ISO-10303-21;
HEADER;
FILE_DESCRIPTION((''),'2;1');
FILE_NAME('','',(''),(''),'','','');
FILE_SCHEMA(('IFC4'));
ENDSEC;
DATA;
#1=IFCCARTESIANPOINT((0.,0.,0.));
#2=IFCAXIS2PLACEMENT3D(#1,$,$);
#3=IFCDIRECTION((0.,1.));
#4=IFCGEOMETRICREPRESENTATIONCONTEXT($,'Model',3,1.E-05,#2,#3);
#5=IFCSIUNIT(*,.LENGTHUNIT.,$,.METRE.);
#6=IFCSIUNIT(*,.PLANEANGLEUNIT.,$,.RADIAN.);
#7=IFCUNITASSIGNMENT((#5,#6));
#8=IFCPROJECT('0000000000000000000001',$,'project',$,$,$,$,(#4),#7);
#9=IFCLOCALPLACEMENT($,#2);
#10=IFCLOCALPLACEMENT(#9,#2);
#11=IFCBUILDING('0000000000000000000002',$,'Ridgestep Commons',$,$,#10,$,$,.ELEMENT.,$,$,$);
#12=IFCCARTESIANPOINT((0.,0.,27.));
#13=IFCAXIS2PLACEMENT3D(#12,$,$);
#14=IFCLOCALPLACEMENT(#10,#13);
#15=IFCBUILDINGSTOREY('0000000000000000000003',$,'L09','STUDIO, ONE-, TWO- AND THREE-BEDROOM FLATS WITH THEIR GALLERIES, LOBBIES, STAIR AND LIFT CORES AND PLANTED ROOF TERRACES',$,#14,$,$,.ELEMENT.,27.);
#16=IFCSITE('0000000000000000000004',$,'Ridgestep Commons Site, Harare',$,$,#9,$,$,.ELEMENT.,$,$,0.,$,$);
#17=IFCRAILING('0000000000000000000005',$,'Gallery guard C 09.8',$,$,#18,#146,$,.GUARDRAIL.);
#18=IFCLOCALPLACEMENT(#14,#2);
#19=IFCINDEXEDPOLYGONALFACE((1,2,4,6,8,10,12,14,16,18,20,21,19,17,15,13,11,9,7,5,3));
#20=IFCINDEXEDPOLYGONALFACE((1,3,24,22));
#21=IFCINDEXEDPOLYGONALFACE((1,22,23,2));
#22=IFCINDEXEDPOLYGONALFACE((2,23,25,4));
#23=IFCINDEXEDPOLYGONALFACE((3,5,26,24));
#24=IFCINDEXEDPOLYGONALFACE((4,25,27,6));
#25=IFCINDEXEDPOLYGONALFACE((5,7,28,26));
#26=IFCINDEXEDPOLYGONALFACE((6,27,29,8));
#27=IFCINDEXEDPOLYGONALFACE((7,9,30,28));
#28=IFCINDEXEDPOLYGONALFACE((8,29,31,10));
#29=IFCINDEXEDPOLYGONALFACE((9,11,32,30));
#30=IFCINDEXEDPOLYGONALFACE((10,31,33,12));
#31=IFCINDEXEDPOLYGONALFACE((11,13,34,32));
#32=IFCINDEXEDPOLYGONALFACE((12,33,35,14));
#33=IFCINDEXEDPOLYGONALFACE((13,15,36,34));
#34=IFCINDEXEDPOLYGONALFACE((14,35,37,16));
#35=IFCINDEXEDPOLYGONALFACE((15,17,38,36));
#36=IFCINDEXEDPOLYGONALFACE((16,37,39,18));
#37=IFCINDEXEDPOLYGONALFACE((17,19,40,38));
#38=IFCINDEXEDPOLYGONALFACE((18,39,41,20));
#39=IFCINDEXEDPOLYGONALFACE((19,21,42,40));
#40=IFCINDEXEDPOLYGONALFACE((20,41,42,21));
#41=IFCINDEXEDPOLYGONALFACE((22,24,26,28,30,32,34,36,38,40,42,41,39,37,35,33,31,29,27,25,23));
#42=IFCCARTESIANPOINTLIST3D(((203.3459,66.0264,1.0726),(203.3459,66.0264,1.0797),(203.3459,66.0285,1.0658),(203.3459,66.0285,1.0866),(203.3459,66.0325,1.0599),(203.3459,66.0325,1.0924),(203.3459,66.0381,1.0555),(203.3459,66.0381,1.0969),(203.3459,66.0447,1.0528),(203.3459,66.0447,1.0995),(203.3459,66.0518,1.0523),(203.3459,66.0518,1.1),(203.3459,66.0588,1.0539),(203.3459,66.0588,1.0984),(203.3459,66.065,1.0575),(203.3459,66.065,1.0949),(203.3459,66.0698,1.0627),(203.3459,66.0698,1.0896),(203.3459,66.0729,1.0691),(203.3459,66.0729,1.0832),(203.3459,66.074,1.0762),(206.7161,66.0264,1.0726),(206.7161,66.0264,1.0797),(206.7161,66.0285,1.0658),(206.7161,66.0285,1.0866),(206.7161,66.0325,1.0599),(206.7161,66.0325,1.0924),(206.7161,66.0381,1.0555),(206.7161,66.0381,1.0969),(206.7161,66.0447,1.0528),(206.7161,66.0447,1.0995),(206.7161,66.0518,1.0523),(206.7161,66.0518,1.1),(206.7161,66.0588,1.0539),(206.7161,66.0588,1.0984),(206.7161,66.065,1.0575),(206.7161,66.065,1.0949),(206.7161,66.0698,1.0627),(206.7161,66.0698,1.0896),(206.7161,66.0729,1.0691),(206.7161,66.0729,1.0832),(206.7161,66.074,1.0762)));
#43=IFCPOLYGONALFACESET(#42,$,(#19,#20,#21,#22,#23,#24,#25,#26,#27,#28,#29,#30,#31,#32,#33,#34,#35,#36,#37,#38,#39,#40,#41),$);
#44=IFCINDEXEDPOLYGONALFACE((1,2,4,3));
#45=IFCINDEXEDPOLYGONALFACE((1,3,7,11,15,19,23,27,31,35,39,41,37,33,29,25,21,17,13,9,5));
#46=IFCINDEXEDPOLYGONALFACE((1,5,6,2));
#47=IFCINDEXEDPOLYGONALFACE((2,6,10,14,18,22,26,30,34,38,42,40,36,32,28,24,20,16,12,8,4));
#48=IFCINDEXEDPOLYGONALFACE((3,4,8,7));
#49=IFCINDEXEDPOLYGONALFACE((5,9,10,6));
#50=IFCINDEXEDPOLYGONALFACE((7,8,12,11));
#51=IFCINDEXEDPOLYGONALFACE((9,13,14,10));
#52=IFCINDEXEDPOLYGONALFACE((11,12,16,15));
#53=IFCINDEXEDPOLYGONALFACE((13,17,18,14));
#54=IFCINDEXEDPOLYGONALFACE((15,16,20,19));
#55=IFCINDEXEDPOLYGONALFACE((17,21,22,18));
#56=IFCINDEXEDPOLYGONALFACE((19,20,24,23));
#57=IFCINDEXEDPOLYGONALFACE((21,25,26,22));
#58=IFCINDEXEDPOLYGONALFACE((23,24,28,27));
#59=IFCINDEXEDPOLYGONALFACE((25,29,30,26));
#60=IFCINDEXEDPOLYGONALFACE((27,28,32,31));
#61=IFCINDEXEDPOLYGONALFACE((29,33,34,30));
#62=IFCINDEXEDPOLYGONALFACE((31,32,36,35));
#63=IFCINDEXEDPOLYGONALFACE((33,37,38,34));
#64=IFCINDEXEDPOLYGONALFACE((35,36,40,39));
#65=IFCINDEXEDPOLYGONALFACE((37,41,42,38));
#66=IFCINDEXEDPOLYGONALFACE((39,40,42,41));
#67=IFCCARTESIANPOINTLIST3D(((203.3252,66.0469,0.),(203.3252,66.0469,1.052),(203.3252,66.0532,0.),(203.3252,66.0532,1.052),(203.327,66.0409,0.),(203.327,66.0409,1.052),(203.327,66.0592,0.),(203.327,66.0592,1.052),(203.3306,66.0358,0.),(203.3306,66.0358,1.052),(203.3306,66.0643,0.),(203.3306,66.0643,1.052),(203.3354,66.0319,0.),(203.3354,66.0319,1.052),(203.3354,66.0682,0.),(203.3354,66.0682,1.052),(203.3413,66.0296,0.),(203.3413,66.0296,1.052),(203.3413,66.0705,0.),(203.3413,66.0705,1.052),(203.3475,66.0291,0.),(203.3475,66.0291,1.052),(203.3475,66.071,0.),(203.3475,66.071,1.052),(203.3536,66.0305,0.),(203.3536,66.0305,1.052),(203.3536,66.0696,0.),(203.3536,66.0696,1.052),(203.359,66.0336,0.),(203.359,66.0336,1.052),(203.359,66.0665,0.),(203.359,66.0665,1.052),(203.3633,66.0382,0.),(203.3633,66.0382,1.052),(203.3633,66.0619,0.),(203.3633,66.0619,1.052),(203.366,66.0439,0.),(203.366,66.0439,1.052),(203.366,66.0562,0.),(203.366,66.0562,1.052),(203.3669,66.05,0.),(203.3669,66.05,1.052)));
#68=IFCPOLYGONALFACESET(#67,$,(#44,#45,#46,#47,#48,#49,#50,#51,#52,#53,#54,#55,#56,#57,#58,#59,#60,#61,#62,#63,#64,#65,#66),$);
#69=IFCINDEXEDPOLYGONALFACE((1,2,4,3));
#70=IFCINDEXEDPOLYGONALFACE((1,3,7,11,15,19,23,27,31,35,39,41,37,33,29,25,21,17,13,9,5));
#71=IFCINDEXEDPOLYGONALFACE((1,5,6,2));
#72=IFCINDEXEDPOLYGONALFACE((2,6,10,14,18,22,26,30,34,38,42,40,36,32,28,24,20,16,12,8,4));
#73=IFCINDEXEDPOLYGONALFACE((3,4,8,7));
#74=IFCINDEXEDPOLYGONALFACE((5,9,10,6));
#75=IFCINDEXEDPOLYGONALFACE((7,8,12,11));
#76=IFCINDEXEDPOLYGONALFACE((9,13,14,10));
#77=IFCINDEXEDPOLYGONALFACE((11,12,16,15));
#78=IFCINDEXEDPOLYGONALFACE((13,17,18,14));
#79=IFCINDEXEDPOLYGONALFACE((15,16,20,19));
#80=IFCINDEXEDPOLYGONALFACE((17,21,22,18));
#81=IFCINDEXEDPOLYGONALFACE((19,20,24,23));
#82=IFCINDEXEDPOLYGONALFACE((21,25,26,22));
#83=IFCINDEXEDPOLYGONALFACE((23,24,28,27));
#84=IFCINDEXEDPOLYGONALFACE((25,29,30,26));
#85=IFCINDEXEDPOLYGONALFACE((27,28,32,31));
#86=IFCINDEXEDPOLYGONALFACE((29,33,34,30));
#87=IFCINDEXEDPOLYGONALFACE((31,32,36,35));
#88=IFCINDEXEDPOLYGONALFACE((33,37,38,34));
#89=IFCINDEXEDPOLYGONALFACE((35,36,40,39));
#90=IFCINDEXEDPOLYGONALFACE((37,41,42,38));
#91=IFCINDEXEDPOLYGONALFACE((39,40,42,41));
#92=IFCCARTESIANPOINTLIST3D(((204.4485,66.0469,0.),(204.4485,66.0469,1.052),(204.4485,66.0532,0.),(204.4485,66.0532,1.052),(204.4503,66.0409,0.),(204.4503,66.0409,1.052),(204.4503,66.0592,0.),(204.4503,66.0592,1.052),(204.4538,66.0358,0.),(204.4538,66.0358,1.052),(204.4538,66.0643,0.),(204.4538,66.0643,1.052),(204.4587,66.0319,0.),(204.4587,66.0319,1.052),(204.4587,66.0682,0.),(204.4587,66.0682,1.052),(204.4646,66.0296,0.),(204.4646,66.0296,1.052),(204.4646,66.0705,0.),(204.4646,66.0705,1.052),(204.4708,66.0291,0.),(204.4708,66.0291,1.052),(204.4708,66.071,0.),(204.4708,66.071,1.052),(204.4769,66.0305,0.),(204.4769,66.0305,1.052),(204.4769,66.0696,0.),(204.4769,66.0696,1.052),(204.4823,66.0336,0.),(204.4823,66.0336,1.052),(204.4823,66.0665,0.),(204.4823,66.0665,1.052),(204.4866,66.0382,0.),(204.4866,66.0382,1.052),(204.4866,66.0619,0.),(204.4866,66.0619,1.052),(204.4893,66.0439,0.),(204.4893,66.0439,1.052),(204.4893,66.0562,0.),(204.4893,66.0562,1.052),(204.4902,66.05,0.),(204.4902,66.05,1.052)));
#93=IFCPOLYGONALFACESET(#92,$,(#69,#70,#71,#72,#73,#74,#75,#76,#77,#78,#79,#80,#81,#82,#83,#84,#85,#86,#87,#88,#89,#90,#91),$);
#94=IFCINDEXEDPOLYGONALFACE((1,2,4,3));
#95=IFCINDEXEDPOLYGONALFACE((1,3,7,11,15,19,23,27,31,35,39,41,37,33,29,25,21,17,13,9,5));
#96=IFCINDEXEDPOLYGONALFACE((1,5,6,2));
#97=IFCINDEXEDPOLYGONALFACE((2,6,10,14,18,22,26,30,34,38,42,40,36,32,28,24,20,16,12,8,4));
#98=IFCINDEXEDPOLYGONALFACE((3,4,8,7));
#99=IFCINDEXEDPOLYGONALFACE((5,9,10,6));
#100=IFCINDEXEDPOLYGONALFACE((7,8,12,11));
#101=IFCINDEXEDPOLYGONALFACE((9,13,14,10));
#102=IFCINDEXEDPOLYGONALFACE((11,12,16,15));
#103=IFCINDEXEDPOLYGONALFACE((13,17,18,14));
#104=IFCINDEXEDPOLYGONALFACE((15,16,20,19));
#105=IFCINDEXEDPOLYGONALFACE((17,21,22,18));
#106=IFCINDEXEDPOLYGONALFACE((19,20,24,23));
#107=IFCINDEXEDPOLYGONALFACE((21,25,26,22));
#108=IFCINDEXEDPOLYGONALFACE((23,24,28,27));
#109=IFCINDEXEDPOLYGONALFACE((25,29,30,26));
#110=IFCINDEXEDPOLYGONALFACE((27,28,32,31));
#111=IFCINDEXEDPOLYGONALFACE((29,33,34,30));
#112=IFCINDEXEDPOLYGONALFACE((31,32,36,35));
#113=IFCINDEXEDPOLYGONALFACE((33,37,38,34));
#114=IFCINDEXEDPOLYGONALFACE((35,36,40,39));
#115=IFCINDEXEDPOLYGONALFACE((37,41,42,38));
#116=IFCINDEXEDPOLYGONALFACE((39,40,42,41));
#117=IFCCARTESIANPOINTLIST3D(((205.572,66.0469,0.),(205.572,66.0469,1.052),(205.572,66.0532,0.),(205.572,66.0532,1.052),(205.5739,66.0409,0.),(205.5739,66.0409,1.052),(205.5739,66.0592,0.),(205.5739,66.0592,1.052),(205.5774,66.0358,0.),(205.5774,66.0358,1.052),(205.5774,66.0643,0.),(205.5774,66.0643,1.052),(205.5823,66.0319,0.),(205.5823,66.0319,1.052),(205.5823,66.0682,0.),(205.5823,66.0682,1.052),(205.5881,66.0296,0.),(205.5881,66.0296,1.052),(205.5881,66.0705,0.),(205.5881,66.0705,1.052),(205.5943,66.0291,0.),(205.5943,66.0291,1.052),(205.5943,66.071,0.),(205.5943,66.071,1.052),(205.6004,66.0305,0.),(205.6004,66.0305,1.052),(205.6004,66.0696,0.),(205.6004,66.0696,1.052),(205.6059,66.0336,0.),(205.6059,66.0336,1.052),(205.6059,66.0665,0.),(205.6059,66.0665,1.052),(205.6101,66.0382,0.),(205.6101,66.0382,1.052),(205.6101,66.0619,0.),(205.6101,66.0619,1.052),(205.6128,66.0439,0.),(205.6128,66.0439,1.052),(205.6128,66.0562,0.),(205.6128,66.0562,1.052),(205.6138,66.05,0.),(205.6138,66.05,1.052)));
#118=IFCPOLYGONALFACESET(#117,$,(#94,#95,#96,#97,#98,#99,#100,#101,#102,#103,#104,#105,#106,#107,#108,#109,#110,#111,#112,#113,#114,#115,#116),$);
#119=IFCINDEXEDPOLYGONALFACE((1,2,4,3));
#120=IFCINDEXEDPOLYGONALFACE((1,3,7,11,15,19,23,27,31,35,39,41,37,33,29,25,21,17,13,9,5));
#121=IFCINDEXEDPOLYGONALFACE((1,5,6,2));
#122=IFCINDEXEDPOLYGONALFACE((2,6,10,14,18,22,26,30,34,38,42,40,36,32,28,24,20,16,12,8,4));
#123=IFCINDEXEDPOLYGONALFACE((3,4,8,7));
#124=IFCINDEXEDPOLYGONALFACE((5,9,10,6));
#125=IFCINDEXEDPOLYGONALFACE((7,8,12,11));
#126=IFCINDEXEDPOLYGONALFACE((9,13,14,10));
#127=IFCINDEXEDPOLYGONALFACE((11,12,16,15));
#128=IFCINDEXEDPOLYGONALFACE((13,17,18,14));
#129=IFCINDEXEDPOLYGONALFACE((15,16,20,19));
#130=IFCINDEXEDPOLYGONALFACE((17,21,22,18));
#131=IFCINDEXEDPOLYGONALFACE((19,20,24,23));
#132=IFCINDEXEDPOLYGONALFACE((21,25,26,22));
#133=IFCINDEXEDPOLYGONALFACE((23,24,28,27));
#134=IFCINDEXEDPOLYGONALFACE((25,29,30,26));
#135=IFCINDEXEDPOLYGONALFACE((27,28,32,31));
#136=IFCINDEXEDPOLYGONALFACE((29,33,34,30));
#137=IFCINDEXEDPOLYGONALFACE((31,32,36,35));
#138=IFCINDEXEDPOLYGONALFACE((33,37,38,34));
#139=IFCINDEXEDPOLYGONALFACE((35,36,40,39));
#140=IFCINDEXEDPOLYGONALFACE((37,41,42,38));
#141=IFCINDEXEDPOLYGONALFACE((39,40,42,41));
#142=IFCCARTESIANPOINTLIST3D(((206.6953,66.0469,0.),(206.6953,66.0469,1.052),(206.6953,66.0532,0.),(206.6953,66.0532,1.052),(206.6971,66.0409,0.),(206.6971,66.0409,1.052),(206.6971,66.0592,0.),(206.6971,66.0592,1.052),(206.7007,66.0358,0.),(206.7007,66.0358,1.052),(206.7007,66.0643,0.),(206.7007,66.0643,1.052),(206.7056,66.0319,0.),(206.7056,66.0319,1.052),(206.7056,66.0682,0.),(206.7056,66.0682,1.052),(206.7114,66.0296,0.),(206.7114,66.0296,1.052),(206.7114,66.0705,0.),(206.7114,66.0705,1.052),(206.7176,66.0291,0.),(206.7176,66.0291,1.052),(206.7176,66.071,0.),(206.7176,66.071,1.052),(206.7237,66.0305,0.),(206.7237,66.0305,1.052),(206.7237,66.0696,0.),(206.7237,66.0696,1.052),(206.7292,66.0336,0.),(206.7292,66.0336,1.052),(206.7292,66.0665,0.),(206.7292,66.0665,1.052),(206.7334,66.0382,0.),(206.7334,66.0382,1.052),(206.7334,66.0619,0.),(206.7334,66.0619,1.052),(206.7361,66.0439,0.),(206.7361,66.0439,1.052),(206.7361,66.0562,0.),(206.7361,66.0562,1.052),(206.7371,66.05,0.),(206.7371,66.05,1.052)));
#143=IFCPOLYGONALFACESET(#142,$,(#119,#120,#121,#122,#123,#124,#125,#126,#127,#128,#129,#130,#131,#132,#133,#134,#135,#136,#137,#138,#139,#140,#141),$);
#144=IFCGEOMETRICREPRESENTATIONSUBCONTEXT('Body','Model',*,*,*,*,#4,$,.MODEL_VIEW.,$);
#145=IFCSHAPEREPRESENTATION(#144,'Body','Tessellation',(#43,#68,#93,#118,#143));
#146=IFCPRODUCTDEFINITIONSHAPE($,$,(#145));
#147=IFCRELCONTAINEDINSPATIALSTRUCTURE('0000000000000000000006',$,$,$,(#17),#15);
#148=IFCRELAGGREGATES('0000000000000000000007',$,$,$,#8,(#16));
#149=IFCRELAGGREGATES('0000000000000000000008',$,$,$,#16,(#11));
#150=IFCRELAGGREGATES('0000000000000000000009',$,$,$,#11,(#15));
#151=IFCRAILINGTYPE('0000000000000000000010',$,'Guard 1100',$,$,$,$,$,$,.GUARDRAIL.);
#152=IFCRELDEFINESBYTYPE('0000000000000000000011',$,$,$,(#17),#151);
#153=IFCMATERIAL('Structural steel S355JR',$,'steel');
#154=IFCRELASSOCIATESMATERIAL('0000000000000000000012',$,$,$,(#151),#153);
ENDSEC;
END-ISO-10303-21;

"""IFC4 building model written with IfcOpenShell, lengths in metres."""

from ifc_helpers import new_model, si_unit, direction, frame, origin, origin_2d, place, context, subcontext, project, spatial, circle, extrude, material, type_object, element, save


model = new_model("IFC4")

# Units and contexts
model_context = context("Model", 3, precision=1e-05, world=origin(), true_north=direction((0.0, 1.0)))
body_context = subcontext(model_context, "Body", "Model", "MODEL_VIEW")
ifc_project = project(units=[si_unit("LENGTHUNIT", "METRE"), si_unit("PLANEANGLEUNIT", "RADIAN")], contexts=[model_context])

# Site, building, storey
site_placement = place(None, origin())
site = spatial("IfcSite", under=ifc_project, at=site_placement, Name="Ridgestep Commons Site, Harare", CompositionType="ELEMENT", RefElevation=0.0)
building_placement = place(site_placement, origin())
building = spatial("IfcBuilding", under=site, at=building_placement, Name="Ridgestep Commons", CompositionType="ELEMENT")
storey_placement = place(building_placement, frame((0.0, 0.0, 27.0)))
storey = spatial("IfcBuildingStorey", under=building, at=storey_placement, Name="L09", Description="STUDIO, ONE-, TWO- AND THREE-BEDROOM FLATS WITH THEIR GALLERIES, LOBBIES, STAIR AND LIFT CORES AND PLANTED ROOF TERRACES", CompositionType="ELEMENT", Elevation=27.0)

# Railing
ifc_material_1 = material(Name="Structural steel S355JR", Category="steel")
railing_type = type_object("IfcRailingType", Name="Guard 1100", PredefinedType="GUARDRAIL", material=ifc_material_1)
railing_1_placement = place(storey_placement, frame((203.3459, 66.05, 0.0)))
element("IfcRailing", 1, at=railing_1_placement, inside=storey, type_object=railing_type, Name="Gallery guard C 09.8", PredefinedType="GUARDRAIL", context=body_context, shape_type="SweptSolid", body=[
    extrude(circle(Radius=0.0239, at=origin_2d()), frame((0.0, 0.0, 1.0762), z_axis=(1.0, 0.0, 0.0), x_axis=(0.0, 1.0, 0.0)), (0.0, 0.0, 1.0), 3.3701),
    extrude(circle(Radius=0.021, at=origin_2d()), origin(), (0.0, 0.0, 1.0), 1.052),
    extrude(circle(Radius=0.021, at=origin_2d()), frame((1.1233, 0.0, 0.0)), (0.0, 0.0, 1.0), 1.052),
    extrude(circle(Radius=0.021, at=origin_2d()), frame((2.2468, 0.0, 0.0)), (0.0, 0.0, 1.0), 1.052),
    extrude(circle(Radius=0.021, at=origin_2d()), frame((3.3701, 0.0, 0.0)), (0.0, 0.0, 1.0), 1.052),
])

save(model, "model.ifc")
